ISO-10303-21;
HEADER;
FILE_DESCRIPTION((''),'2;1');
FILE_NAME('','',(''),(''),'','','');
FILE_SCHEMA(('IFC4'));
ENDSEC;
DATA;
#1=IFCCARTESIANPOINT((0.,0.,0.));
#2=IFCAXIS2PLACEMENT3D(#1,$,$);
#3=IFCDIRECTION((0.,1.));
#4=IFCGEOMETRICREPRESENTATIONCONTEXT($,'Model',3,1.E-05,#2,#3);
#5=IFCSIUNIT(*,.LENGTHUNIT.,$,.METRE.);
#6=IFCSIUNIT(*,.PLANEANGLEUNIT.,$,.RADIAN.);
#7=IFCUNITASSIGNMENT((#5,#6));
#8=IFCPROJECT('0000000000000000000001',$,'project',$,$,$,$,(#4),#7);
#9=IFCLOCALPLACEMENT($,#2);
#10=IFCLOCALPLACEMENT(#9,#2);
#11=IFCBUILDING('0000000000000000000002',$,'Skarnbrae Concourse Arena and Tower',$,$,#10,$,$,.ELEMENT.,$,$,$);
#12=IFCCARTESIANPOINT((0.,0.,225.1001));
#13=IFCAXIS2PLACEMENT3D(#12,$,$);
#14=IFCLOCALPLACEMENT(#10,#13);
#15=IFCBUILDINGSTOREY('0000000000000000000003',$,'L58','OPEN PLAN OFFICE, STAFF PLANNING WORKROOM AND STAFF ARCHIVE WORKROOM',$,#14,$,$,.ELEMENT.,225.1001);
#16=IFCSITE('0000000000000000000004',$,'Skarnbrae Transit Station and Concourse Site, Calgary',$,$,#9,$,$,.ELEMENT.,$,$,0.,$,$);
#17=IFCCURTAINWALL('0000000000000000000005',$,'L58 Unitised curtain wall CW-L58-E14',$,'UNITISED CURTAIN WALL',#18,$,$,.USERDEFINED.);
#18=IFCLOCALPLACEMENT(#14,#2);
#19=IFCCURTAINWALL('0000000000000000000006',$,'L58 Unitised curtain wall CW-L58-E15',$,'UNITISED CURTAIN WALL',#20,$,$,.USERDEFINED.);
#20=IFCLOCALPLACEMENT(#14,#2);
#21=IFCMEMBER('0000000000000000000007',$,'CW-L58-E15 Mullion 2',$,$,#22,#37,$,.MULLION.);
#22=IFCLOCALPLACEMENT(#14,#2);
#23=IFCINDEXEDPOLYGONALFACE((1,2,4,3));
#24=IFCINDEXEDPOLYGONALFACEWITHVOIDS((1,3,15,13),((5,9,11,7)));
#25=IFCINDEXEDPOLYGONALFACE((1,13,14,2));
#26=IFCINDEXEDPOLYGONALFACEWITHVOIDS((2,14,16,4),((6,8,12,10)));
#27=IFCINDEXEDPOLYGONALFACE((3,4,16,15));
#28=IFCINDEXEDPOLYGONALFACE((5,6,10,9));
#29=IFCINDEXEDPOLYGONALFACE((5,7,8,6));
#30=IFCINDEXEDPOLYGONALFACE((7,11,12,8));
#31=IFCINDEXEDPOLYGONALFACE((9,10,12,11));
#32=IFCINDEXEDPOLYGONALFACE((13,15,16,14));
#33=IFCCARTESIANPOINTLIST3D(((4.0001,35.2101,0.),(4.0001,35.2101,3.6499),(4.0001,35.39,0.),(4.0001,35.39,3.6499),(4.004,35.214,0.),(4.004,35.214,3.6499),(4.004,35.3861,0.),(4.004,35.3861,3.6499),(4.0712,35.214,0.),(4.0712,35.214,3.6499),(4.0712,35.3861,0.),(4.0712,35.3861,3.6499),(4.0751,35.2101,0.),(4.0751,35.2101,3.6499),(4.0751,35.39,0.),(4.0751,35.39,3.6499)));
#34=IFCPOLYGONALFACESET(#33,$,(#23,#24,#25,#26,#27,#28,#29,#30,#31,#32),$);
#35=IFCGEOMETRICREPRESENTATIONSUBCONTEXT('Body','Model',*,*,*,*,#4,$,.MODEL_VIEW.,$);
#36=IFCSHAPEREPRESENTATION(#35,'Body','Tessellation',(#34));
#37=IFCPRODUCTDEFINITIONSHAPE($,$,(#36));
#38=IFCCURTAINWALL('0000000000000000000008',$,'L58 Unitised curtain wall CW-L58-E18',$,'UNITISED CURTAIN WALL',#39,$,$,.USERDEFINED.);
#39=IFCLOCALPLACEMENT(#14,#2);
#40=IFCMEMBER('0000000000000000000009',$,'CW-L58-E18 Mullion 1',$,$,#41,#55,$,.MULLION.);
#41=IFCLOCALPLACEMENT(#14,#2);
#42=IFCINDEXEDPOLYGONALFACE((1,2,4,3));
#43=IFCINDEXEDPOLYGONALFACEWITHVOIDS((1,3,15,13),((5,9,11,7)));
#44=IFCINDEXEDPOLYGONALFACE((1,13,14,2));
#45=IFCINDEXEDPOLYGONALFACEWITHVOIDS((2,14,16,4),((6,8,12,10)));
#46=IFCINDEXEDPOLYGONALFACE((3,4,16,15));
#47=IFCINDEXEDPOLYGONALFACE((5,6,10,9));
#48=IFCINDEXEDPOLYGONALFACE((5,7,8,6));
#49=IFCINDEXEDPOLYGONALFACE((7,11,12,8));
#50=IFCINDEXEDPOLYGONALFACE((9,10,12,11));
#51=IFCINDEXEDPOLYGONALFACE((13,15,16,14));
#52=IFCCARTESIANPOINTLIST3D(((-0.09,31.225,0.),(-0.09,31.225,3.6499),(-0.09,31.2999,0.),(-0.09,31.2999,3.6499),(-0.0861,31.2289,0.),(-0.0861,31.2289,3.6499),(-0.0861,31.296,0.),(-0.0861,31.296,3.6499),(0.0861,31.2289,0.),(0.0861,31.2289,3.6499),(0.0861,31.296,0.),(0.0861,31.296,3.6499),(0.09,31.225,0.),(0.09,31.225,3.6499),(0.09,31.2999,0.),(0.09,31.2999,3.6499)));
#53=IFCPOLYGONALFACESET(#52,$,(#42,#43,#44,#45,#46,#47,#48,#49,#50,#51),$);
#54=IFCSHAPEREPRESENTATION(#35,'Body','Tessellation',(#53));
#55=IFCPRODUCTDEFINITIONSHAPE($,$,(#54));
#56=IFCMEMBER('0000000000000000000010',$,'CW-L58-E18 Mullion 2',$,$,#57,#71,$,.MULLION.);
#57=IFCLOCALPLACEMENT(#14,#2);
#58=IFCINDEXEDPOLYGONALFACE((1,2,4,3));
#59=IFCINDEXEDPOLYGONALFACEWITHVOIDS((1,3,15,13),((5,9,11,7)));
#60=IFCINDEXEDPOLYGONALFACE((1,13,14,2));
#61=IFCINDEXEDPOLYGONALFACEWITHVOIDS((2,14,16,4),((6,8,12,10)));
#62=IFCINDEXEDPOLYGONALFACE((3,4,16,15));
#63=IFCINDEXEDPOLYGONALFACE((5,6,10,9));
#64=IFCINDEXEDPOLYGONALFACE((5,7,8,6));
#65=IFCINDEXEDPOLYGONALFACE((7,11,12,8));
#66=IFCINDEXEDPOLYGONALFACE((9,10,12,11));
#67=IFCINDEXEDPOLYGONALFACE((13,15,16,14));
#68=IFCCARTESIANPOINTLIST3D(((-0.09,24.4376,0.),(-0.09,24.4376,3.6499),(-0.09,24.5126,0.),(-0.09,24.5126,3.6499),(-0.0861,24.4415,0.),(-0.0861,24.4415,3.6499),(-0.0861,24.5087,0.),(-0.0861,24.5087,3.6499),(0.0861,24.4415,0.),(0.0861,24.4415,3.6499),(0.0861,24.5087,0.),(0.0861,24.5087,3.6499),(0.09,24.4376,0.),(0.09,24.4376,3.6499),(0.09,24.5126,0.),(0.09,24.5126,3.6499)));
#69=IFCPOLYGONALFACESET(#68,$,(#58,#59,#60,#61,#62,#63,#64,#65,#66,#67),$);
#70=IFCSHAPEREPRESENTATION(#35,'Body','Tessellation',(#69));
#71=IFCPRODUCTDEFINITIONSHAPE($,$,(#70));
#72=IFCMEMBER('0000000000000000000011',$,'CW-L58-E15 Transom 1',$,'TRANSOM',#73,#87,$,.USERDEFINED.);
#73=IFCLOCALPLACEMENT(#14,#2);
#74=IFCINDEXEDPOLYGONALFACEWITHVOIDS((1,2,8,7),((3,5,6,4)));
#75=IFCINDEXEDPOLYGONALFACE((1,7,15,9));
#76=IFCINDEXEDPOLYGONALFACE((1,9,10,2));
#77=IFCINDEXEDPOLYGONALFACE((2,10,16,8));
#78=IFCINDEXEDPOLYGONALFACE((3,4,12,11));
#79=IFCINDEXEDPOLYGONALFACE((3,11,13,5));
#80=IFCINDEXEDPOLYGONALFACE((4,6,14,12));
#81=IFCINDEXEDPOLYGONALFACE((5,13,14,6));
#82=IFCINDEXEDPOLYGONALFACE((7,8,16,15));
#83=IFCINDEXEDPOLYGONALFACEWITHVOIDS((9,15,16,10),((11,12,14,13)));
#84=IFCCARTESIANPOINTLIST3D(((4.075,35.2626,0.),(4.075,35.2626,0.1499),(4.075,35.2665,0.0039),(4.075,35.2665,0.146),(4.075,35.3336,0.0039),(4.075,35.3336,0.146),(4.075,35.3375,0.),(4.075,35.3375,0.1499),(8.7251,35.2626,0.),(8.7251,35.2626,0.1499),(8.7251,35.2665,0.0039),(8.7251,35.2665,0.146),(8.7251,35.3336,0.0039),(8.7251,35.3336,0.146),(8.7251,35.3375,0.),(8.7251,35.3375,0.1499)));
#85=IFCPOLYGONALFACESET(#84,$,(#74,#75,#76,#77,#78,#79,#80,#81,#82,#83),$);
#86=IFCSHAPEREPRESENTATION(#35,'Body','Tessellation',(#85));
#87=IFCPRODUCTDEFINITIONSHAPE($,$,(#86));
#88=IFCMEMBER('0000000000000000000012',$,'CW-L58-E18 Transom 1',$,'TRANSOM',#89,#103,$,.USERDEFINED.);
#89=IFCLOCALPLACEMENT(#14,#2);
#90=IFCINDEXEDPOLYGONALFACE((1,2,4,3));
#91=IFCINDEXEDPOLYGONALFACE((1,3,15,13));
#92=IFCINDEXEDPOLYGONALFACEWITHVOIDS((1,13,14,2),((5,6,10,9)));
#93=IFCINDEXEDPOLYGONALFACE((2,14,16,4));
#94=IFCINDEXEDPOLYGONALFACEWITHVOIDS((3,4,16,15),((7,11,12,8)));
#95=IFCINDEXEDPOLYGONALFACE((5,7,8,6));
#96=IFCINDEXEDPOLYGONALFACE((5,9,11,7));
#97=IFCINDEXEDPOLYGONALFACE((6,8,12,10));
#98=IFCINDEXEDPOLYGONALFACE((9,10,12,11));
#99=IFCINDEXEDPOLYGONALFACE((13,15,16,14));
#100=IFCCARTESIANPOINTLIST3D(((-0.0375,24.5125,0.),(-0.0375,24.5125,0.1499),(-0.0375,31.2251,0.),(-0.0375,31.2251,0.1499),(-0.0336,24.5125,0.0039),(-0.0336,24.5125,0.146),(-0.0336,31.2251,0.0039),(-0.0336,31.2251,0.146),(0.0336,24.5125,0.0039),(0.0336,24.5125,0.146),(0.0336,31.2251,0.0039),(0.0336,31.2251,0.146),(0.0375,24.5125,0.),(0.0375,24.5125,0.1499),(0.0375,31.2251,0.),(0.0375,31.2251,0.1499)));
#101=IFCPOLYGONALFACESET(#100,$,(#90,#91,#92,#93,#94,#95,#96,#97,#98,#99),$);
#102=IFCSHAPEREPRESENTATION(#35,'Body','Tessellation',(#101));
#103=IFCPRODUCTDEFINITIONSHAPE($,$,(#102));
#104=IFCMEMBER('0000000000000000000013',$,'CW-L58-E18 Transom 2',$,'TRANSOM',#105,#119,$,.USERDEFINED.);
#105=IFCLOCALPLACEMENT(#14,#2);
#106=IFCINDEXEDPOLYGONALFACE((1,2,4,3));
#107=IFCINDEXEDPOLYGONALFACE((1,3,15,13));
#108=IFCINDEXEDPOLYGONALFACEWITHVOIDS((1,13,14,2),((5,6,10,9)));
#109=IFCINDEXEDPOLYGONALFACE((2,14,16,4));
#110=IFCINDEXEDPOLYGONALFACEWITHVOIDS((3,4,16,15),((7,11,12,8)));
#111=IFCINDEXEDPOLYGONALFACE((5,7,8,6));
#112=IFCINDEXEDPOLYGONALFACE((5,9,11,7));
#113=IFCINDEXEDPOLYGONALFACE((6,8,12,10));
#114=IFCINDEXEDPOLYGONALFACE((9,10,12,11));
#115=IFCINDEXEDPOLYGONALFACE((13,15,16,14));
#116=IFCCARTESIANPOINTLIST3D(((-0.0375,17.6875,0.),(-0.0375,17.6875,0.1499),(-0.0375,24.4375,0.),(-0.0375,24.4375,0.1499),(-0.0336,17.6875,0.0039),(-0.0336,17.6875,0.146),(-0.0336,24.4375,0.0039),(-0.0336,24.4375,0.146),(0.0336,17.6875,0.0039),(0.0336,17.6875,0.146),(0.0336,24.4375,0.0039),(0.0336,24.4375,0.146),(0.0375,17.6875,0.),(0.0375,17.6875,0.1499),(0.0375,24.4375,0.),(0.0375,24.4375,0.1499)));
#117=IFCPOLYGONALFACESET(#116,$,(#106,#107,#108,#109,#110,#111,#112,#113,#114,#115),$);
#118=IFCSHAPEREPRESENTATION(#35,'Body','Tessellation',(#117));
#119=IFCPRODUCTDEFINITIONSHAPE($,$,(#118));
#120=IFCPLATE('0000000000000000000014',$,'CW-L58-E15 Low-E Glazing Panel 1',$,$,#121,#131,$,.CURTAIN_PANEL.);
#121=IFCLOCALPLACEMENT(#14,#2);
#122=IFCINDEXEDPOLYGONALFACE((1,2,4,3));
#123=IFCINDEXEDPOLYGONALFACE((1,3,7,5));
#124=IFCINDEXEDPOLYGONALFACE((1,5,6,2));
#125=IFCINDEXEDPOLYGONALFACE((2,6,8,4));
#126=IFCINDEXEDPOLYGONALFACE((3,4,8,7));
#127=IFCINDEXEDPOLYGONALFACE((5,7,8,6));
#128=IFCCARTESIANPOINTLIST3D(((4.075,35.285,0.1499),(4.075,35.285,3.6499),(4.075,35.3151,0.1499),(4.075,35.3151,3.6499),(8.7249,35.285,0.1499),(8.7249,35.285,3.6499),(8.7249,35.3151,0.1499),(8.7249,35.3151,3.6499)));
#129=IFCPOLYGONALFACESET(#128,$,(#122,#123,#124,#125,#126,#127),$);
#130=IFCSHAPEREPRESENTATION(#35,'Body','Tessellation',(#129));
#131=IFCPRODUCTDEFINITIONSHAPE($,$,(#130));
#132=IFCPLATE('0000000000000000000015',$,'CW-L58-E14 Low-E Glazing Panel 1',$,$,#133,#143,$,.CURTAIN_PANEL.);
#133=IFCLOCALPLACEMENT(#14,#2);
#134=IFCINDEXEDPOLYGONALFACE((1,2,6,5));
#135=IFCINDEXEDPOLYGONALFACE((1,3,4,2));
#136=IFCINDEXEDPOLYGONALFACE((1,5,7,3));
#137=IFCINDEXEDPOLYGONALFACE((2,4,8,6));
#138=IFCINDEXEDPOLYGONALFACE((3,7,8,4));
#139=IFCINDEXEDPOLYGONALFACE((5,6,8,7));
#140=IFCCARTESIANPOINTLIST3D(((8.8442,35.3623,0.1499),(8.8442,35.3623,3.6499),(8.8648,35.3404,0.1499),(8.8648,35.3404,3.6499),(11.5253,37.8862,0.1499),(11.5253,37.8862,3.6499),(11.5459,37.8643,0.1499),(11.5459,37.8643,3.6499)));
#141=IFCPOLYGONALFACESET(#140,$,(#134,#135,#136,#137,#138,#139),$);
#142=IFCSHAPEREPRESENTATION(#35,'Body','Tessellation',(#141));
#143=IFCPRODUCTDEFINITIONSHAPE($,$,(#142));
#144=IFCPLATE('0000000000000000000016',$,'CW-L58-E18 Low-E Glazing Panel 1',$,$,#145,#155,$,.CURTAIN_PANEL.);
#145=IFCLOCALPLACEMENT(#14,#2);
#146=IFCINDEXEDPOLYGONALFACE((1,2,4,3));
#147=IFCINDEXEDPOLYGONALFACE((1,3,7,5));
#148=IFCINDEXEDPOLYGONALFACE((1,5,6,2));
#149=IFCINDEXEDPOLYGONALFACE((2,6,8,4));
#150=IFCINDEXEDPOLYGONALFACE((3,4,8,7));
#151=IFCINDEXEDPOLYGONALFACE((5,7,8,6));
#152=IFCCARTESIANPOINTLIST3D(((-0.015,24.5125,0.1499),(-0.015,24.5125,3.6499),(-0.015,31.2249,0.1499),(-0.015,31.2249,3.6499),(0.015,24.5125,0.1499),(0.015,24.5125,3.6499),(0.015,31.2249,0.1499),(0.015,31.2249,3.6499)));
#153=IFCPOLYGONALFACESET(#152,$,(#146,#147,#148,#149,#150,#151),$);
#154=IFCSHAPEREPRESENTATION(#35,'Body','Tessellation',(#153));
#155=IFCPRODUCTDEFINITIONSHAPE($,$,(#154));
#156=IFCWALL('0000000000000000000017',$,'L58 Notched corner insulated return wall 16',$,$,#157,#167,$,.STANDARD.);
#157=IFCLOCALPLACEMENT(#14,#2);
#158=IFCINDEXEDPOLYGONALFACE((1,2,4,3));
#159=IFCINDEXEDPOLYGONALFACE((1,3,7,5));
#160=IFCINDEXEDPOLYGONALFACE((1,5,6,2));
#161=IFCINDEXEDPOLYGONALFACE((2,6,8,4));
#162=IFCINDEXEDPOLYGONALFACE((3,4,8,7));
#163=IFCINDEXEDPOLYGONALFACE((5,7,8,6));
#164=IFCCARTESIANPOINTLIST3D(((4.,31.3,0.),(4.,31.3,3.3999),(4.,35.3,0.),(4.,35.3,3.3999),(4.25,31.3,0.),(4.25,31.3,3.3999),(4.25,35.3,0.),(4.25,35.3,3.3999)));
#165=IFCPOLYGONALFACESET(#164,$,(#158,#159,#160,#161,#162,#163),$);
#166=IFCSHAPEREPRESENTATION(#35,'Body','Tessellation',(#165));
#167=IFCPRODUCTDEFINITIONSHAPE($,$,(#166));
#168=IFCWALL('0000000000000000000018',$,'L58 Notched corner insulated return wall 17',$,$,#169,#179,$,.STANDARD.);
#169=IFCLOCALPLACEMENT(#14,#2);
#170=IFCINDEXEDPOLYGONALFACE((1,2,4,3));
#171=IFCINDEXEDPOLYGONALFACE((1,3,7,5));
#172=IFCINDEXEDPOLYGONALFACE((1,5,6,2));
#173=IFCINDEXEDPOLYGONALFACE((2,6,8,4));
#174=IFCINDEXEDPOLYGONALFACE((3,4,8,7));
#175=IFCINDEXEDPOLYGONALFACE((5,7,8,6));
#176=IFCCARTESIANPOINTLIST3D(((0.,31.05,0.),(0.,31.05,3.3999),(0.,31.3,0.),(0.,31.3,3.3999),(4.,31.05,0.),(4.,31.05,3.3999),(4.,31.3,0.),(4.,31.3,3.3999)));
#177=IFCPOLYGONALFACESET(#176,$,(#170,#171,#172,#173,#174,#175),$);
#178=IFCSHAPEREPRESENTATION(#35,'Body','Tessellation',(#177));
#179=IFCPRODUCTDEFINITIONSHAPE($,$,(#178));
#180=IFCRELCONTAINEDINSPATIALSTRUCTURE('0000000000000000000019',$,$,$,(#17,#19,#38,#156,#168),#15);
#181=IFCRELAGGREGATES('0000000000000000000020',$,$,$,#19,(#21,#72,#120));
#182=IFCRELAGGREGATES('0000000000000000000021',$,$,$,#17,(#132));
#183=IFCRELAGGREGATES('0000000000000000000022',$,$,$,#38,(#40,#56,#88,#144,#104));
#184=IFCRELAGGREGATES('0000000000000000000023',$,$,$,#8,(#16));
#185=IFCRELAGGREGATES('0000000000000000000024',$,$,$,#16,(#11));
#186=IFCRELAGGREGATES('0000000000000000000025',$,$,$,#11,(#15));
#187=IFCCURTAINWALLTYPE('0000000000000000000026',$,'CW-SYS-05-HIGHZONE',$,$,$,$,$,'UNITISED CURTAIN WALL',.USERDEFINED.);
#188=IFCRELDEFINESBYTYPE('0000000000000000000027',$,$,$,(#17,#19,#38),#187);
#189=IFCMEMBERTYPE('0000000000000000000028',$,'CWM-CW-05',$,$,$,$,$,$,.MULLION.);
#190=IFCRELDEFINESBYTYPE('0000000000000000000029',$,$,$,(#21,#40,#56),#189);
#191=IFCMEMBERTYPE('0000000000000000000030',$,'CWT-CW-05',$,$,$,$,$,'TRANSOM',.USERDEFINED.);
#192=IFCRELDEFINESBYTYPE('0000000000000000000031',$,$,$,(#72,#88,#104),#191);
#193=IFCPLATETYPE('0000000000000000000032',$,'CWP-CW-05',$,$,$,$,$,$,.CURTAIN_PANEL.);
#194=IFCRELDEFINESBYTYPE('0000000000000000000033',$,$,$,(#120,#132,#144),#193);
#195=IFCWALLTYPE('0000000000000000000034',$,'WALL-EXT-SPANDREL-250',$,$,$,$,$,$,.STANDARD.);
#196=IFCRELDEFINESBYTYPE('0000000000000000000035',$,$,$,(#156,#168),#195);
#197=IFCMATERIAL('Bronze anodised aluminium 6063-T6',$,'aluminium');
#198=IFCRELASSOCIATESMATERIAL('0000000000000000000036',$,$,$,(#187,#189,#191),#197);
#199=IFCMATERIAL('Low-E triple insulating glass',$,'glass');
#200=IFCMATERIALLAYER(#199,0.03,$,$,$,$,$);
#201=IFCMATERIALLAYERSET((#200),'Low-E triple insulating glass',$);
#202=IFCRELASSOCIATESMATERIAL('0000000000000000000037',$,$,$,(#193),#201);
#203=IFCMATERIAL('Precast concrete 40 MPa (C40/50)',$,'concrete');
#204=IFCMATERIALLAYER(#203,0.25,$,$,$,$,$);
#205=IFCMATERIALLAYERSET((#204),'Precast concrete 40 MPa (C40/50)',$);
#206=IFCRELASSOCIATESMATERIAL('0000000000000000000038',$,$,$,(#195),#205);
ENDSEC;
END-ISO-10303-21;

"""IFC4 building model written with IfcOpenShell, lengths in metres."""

from ifc_helpers import new_model, si_unit, direction, frame, frame_2d, origin, origin_2d, place, context, subcontext, project, spatial, rectangle, hollow_rectangle, extrude, source, transform, mapped, material, layer, layer_set, material_profile, profile_set, type_object, element, aggregate, save


model = new_model("IFC4")

# Units and contexts
model_context = context("Model", 3, precision=1e-05, world=origin(), true_north=direction((0.0, 1.0)))
body_context = subcontext(model_context, "Body", "Model", "MODEL_VIEW")
ifc_project = project(units=[si_unit("LENGTHUNIT", "METRE"), si_unit("PLANEANGLEUNIT", "RADIAN")], contexts=[model_context])

# Site, building, storey
site_placement = place(None, origin())
site = spatial("IfcSite", under=ifc_project, at=site_placement, Name="Skarnbrae Transit Station and Concourse Site, Calgary", CompositionType="ELEMENT", RefElevation=0.0)
building_placement = place(site_placement, origin())
building = spatial("IfcBuilding", under=site, at=building_placement, Name="Skarnbrae Concourse Arena and Tower", CompositionType="ELEMENT")
storey_placement = place(building_placement, frame((0.0, 0.0, 225.1001)))
storey = spatial("IfcBuildingStorey", under=building, at=storey_placement, Name="L58", Description="OPEN PLAN OFFICE, STAFF PLANNING WORKROOM AND STAFF ARCHIVE WORKROOM", CompositionType="ELEMENT", Elevation=225.1001)

# Curtain wall
ifc_material_1 = material(Name="Bronze anodised aluminium 6063-T6", Category="aluminium")
curtain_wall_type = type_object("IfcCurtainWallType", Name="CW-SYS-05-HIGHZONE", ElementType="UNITISED CURTAIN WALL", PredefinedType="USERDEFINED", material=ifc_material_1)
curtain_wall_1_placement = place(storey_placement, origin())
curtain_wall_1 = element("IfcCurtainWall", 1, at=curtain_wall_1_placement, inside=storey, type_object=curtain_wall_type, Name="L58 Unitised curtain wall CW-L58-E14", ObjectType="UNITISED CURTAIN WALL", PredefinedType="USERDEFINED")
ifc_material_profile_1 = material_profile(ifc_material_1, hollow_rectangle(XDim=0.075, YDim=0.1799, WallThickness=0.0039, at=origin_2d()), Name="ALU-MULL-75X180")
ifc_profile_set_1 = profile_set([ifc_material_profile_1], Name="Bronze anodised aluminium 6063-T6")
member_type_1 = type_object("IfcMemberType", Name="CWM-CW-05", PredefinedType="MULLION", material=ifc_profile_set_1)
shared_shape_1 = source(origin(), body_context, "Body", "SweptSolid", [
    extrude(hollow_rectangle(XDim=0.075, YDim=0.1799, WallThickness=0.0039, at=origin_2d()), origin(), (0.0, 0.0, 1.0), 3.6499),
])

# Curtain walls, members
curtain_wall_2_placement = place(storey_placement, origin())
curtain_wall_2 = element("IfcCurtainWall", 2, at=curtain_wall_2_placement, inside=storey, type_object=curtain_wall_type, Name="L58 Unitised curtain wall CW-L58-E15", ObjectType="UNITISED CURTAIN WALL", PredefinedType="USERDEFINED")
member_1_placement = place(storey_placement, frame((4.0376, 35.3, 0.0), z_axis=(0.0, 0.0, 1.0), x_axis=(-1.0, 0.0, 0.0)))
member_1 = element("IfcMember", 3, at=member_1_placement, type_object=member_type_1, Name="CW-L58-E15 Mullion 2", PredefinedType="MULLION", context=body_context, shape_type="MappedRepresentation", body=[
    mapped(shared_shape_1, transform((0.0, 0.0, 0.0))),
])
curtain_wall_3_placement = place(storey_placement, origin())
curtain_wall_3 = element("IfcCurtainWall", 4, at=curtain_wall_3_placement, inside=storey, type_object=curtain_wall_type, Name="L58 Unitised curtain wall CW-L58-E18", ObjectType="UNITISED CURTAIN WALL", PredefinedType="USERDEFINED")
member_2_placement = place(storey_placement, frame((0.0, 31.2625, 0.0), z_axis=(0.0, 0.0, 1.0), x_axis=(0.0, -1.0, 0.0)))
member_2 = element("IfcMember", 5, at=member_2_placement, type_object=member_type_1, Name="CW-L58-E18 Mullion 1", PredefinedType="MULLION", context=body_context, shape_type="MappedRepresentation", body=[
    mapped(shared_shape_1, transform((0.0, 0.0, 0.0))),
])
member_3_placement = place(storey_placement, frame((0.0, 24.4751, 0.0), z_axis=(0.0, 0.0, 1.0), x_axis=(0.0, -1.0, 0.0)))
member_3 = element("IfcMember", 6, at=member_3_placement, type_object=member_type_1, Name="CW-L58-E18 Mullion 2", PredefinedType="MULLION", context=body_context, shape_type="MappedRepresentation", body=[
    mapped(shared_shape_1, transform((0.0, 0.0, 0.0))),
])

# Members
ifc_material_profile_2 = material_profile(ifc_material_1, hollow_rectangle(XDim=0.075, YDim=0.1499, WallThickness=0.0039, at=origin_2d()), Name="ALU-TRAN-75X150")
ifc_profile_set_2 = profile_set([ifc_material_profile_2], Name="Bronze anodised aluminium 6063-T6")
member_type_2 = type_object("IfcMemberType", Name="CWT-CW-05", ElementType="TRANSOM", PredefinedType="USERDEFINED", material=ifc_profile_set_2)
shared_shape_2 = source(origin(), body_context, "Body", "SweptSolid", [
    extrude(hollow_rectangle(XDim=0.075, YDim=0.1499, WallThickness=0.0039, at=origin_2d()), origin(), (0.0, 0.0, 1.0), 4.6501),
])
member_4_placement = place(storey_placement, frame((8.7251, 35.3, 0.075), z_axis=(-1.0, 0.0, 0.0), x_axis=(0.0, -1.0, 0.0)))
member_4 = element("IfcMember", 7, at=member_4_placement, type_object=member_type_2, Name="CW-L58-E15 Transom 1", ObjectType="TRANSOM", PredefinedType="USERDEFINED", context=body_context, shape_type="MappedRepresentation", body=[
    mapped(shared_shape_2, transform((0.0, 0.0, 0.0))),
])
shared_shape_3 = source(origin(), body_context, "Body", "SweptSolid", [
    extrude(hollow_rectangle(XDim=0.075, YDim=0.1499, WallThickness=0.0039, at=origin_2d()), origin(), (0.0, 0.0, 1.0), 6.7126),
])
member_5_placement = place(storey_placement, frame((0.0, 31.2251, 0.075), z_axis=(0.0, -1.0, 0.0), x_axis=(1.0, 0.0, 0.0)))
member_5 = element("IfcMember", 8, at=member_5_placement, type_object=member_type_2, Name="CW-L58-E18 Transom 1", ObjectType="TRANSOM", PredefinedType="USERDEFINED", context=body_context, shape_type="MappedRepresentation", body=[
    mapped(shared_shape_3, transform((0.0, 0.0, 0.0))),
])
shared_shape_4 = source(origin(), body_context, "Body", "SweptSolid", [
    extrude(hollow_rectangle(XDim=0.075, YDim=0.1499, WallThickness=0.0039, at=origin_2d()), origin(), (0.0, 0.0, 1.0), 6.75),
])
member_6_placement = place(storey_placement, frame((0.0, 24.4375, 0.075), z_axis=(0.0, -1.0, 0.0), x_axis=(1.0, 0.0, 0.0)))
member_6 = element("IfcMember", 9, at=member_6_placement, type_object=member_type_2, Name="CW-L58-E18 Transom 2", ObjectType="TRANSOM", PredefinedType="USERDEFINED", context=body_context, shape_type="MappedRepresentation", body=[
    mapped(shared_shape_4, transform((0.0, 0.0, 0.0))),
])

# Plates
ifc_material_2 = material(Name="Low-E triple insulating glass", Category="glass")
ifc_layer_1 = layer(ifc_material_2, 0.03)
ifc_layer_set_1 = layer_set([ifc_layer_1], Name="Low-E triple insulating glass")
plate_type = type_object("IfcPlateType", Name="CWP-CW-05", PredefinedType="CURTAIN_PANEL", material=ifc_layer_set_1)
shared_shape_5 = source(origin(), body_context, "Body", "SweptSolid", [
    extrude(rectangle(XDim=4.6499, YDim=0.03, at=origin_2d()), origin(), (0.0, 0.0, 1.0), 3.5),
])
plate_1_placement = place(storey_placement, frame((6.3999, 35.3, 0.1499), z_axis=(0.0, 0.0, 1.0), x_axis=(-1.0, 0.0, 0.0)))
plate_1 = element("IfcPlate", 10, at=plate_1_placement, type_object=plate_type, Name="CW-L58-E15 Low-E Glazing Panel 1", PredefinedType="CURTAIN_PANEL", context=body_context, shape_type="MappedRepresentation", body=[
    mapped(shared_shape_5, transform((0.0, 0.0, 0.0))),
])
aggregate(curtain_wall_2, [member_1, member_4, plate_1])
shared_shape_6 = source(origin(), body_context, "Body", "SweptSolid", [
    extrude(rectangle(XDim=3.6821, YDim=0.03, at=origin_2d()), origin(), (0.0, 0.0, 1.0), 3.5),
])
plate_2_placement = place(storey_placement, frame((10.1951, 36.6133, 0.1499), z_axis=(0.0, 0.0, 1.0), x_axis=(-0.728131, -0.685438, 0.0)))
plate_2 = element("IfcPlate", 11, at=plate_2_placement, type_object=plate_type, Name="CW-L58-E14 Low-E Glazing Panel 1", PredefinedType="CURTAIN_PANEL", context=body_context, shape_type="MappedRepresentation", body=[
    mapped(shared_shape_6, transform((0.0, 0.0, 0.0))),
])
aggregate(curtain_wall_1, [plate_2])
shared_shape_7 = source(origin(), body_context, "Body", "SweptSolid", [
    extrude(rectangle(XDim=6.7124, YDim=0.03, at=origin_2d()), origin(), (0.0, 0.0, 1.0), 3.5),
])
plate_3_placement = place(storey_placement, frame((0.0, 27.8687, 0.1499), z_axis=(0.0, 0.0, 1.0), x_axis=(0.0, -1.0, 0.0)))
plate_3 = element("IfcPlate", 12, at=plate_3_placement, type_object=plate_type, Name="CW-L58-E18 Low-E Glazing Panel 1", PredefinedType="CURTAIN_PANEL", context=body_context, shape_type="MappedRepresentation", body=[
    mapped(shared_shape_7, transform((0.0, 0.0, 0.0))),
])
aggregate(curtain_wall_3, [member_2, member_3, member_5, plate_3, member_6])

# Walls
ifc_material_3 = material(Name="Precast concrete 40 MPa (C40/50)", Category="concrete")
ifc_layer_2 = layer(ifc_material_3, 0.25)
ifc_layer_set_2 = layer_set([ifc_layer_2], Name="Precast concrete 40 MPa (C40/50)")
wall_type_1 = type_object("IfcWallType", Name="WALL-EXT-SPANDREL-250", PredefinedType="STANDARD", material=ifc_layer_set_2)
shared_shape_8 = source(origin(), body_context, "Body", "SweptSolid", [
    extrude(rectangle(XDim=4.0, YDim=0.25, at=frame_2d((2.0, 0.0))), origin(), (0.0, 0.0, 1.0), 3.3999),
])
for number, where, z_axis, x_axis, name in (
    (13, (4.125, 35.3, 0.0), (0.0, 0.0, 1.0), (0.0, -1.0, 0.0), "L58 Notched corner insulated return wall 16"),
    (14, (4.0, 31.175, 0.0), (0.0, 0.0, 1.0), (-1.0, 0.0, 0.0), "L58 Notched corner insulated return wall 17"),
):
    element("IfcWall", number, at=place(storey_placement, frame(where, z_axis=z_axis, x_axis=x_axis)), inside=storey, type_object=wall_type_1, Name=name, PredefinedType="STANDARD", context=body_context, shape_type="MappedRepresentation", body=[
        mapped(shared_shape_8, transform((0.0, 0.0, 0.0))),
    ])

save(model, "model.ifc")
